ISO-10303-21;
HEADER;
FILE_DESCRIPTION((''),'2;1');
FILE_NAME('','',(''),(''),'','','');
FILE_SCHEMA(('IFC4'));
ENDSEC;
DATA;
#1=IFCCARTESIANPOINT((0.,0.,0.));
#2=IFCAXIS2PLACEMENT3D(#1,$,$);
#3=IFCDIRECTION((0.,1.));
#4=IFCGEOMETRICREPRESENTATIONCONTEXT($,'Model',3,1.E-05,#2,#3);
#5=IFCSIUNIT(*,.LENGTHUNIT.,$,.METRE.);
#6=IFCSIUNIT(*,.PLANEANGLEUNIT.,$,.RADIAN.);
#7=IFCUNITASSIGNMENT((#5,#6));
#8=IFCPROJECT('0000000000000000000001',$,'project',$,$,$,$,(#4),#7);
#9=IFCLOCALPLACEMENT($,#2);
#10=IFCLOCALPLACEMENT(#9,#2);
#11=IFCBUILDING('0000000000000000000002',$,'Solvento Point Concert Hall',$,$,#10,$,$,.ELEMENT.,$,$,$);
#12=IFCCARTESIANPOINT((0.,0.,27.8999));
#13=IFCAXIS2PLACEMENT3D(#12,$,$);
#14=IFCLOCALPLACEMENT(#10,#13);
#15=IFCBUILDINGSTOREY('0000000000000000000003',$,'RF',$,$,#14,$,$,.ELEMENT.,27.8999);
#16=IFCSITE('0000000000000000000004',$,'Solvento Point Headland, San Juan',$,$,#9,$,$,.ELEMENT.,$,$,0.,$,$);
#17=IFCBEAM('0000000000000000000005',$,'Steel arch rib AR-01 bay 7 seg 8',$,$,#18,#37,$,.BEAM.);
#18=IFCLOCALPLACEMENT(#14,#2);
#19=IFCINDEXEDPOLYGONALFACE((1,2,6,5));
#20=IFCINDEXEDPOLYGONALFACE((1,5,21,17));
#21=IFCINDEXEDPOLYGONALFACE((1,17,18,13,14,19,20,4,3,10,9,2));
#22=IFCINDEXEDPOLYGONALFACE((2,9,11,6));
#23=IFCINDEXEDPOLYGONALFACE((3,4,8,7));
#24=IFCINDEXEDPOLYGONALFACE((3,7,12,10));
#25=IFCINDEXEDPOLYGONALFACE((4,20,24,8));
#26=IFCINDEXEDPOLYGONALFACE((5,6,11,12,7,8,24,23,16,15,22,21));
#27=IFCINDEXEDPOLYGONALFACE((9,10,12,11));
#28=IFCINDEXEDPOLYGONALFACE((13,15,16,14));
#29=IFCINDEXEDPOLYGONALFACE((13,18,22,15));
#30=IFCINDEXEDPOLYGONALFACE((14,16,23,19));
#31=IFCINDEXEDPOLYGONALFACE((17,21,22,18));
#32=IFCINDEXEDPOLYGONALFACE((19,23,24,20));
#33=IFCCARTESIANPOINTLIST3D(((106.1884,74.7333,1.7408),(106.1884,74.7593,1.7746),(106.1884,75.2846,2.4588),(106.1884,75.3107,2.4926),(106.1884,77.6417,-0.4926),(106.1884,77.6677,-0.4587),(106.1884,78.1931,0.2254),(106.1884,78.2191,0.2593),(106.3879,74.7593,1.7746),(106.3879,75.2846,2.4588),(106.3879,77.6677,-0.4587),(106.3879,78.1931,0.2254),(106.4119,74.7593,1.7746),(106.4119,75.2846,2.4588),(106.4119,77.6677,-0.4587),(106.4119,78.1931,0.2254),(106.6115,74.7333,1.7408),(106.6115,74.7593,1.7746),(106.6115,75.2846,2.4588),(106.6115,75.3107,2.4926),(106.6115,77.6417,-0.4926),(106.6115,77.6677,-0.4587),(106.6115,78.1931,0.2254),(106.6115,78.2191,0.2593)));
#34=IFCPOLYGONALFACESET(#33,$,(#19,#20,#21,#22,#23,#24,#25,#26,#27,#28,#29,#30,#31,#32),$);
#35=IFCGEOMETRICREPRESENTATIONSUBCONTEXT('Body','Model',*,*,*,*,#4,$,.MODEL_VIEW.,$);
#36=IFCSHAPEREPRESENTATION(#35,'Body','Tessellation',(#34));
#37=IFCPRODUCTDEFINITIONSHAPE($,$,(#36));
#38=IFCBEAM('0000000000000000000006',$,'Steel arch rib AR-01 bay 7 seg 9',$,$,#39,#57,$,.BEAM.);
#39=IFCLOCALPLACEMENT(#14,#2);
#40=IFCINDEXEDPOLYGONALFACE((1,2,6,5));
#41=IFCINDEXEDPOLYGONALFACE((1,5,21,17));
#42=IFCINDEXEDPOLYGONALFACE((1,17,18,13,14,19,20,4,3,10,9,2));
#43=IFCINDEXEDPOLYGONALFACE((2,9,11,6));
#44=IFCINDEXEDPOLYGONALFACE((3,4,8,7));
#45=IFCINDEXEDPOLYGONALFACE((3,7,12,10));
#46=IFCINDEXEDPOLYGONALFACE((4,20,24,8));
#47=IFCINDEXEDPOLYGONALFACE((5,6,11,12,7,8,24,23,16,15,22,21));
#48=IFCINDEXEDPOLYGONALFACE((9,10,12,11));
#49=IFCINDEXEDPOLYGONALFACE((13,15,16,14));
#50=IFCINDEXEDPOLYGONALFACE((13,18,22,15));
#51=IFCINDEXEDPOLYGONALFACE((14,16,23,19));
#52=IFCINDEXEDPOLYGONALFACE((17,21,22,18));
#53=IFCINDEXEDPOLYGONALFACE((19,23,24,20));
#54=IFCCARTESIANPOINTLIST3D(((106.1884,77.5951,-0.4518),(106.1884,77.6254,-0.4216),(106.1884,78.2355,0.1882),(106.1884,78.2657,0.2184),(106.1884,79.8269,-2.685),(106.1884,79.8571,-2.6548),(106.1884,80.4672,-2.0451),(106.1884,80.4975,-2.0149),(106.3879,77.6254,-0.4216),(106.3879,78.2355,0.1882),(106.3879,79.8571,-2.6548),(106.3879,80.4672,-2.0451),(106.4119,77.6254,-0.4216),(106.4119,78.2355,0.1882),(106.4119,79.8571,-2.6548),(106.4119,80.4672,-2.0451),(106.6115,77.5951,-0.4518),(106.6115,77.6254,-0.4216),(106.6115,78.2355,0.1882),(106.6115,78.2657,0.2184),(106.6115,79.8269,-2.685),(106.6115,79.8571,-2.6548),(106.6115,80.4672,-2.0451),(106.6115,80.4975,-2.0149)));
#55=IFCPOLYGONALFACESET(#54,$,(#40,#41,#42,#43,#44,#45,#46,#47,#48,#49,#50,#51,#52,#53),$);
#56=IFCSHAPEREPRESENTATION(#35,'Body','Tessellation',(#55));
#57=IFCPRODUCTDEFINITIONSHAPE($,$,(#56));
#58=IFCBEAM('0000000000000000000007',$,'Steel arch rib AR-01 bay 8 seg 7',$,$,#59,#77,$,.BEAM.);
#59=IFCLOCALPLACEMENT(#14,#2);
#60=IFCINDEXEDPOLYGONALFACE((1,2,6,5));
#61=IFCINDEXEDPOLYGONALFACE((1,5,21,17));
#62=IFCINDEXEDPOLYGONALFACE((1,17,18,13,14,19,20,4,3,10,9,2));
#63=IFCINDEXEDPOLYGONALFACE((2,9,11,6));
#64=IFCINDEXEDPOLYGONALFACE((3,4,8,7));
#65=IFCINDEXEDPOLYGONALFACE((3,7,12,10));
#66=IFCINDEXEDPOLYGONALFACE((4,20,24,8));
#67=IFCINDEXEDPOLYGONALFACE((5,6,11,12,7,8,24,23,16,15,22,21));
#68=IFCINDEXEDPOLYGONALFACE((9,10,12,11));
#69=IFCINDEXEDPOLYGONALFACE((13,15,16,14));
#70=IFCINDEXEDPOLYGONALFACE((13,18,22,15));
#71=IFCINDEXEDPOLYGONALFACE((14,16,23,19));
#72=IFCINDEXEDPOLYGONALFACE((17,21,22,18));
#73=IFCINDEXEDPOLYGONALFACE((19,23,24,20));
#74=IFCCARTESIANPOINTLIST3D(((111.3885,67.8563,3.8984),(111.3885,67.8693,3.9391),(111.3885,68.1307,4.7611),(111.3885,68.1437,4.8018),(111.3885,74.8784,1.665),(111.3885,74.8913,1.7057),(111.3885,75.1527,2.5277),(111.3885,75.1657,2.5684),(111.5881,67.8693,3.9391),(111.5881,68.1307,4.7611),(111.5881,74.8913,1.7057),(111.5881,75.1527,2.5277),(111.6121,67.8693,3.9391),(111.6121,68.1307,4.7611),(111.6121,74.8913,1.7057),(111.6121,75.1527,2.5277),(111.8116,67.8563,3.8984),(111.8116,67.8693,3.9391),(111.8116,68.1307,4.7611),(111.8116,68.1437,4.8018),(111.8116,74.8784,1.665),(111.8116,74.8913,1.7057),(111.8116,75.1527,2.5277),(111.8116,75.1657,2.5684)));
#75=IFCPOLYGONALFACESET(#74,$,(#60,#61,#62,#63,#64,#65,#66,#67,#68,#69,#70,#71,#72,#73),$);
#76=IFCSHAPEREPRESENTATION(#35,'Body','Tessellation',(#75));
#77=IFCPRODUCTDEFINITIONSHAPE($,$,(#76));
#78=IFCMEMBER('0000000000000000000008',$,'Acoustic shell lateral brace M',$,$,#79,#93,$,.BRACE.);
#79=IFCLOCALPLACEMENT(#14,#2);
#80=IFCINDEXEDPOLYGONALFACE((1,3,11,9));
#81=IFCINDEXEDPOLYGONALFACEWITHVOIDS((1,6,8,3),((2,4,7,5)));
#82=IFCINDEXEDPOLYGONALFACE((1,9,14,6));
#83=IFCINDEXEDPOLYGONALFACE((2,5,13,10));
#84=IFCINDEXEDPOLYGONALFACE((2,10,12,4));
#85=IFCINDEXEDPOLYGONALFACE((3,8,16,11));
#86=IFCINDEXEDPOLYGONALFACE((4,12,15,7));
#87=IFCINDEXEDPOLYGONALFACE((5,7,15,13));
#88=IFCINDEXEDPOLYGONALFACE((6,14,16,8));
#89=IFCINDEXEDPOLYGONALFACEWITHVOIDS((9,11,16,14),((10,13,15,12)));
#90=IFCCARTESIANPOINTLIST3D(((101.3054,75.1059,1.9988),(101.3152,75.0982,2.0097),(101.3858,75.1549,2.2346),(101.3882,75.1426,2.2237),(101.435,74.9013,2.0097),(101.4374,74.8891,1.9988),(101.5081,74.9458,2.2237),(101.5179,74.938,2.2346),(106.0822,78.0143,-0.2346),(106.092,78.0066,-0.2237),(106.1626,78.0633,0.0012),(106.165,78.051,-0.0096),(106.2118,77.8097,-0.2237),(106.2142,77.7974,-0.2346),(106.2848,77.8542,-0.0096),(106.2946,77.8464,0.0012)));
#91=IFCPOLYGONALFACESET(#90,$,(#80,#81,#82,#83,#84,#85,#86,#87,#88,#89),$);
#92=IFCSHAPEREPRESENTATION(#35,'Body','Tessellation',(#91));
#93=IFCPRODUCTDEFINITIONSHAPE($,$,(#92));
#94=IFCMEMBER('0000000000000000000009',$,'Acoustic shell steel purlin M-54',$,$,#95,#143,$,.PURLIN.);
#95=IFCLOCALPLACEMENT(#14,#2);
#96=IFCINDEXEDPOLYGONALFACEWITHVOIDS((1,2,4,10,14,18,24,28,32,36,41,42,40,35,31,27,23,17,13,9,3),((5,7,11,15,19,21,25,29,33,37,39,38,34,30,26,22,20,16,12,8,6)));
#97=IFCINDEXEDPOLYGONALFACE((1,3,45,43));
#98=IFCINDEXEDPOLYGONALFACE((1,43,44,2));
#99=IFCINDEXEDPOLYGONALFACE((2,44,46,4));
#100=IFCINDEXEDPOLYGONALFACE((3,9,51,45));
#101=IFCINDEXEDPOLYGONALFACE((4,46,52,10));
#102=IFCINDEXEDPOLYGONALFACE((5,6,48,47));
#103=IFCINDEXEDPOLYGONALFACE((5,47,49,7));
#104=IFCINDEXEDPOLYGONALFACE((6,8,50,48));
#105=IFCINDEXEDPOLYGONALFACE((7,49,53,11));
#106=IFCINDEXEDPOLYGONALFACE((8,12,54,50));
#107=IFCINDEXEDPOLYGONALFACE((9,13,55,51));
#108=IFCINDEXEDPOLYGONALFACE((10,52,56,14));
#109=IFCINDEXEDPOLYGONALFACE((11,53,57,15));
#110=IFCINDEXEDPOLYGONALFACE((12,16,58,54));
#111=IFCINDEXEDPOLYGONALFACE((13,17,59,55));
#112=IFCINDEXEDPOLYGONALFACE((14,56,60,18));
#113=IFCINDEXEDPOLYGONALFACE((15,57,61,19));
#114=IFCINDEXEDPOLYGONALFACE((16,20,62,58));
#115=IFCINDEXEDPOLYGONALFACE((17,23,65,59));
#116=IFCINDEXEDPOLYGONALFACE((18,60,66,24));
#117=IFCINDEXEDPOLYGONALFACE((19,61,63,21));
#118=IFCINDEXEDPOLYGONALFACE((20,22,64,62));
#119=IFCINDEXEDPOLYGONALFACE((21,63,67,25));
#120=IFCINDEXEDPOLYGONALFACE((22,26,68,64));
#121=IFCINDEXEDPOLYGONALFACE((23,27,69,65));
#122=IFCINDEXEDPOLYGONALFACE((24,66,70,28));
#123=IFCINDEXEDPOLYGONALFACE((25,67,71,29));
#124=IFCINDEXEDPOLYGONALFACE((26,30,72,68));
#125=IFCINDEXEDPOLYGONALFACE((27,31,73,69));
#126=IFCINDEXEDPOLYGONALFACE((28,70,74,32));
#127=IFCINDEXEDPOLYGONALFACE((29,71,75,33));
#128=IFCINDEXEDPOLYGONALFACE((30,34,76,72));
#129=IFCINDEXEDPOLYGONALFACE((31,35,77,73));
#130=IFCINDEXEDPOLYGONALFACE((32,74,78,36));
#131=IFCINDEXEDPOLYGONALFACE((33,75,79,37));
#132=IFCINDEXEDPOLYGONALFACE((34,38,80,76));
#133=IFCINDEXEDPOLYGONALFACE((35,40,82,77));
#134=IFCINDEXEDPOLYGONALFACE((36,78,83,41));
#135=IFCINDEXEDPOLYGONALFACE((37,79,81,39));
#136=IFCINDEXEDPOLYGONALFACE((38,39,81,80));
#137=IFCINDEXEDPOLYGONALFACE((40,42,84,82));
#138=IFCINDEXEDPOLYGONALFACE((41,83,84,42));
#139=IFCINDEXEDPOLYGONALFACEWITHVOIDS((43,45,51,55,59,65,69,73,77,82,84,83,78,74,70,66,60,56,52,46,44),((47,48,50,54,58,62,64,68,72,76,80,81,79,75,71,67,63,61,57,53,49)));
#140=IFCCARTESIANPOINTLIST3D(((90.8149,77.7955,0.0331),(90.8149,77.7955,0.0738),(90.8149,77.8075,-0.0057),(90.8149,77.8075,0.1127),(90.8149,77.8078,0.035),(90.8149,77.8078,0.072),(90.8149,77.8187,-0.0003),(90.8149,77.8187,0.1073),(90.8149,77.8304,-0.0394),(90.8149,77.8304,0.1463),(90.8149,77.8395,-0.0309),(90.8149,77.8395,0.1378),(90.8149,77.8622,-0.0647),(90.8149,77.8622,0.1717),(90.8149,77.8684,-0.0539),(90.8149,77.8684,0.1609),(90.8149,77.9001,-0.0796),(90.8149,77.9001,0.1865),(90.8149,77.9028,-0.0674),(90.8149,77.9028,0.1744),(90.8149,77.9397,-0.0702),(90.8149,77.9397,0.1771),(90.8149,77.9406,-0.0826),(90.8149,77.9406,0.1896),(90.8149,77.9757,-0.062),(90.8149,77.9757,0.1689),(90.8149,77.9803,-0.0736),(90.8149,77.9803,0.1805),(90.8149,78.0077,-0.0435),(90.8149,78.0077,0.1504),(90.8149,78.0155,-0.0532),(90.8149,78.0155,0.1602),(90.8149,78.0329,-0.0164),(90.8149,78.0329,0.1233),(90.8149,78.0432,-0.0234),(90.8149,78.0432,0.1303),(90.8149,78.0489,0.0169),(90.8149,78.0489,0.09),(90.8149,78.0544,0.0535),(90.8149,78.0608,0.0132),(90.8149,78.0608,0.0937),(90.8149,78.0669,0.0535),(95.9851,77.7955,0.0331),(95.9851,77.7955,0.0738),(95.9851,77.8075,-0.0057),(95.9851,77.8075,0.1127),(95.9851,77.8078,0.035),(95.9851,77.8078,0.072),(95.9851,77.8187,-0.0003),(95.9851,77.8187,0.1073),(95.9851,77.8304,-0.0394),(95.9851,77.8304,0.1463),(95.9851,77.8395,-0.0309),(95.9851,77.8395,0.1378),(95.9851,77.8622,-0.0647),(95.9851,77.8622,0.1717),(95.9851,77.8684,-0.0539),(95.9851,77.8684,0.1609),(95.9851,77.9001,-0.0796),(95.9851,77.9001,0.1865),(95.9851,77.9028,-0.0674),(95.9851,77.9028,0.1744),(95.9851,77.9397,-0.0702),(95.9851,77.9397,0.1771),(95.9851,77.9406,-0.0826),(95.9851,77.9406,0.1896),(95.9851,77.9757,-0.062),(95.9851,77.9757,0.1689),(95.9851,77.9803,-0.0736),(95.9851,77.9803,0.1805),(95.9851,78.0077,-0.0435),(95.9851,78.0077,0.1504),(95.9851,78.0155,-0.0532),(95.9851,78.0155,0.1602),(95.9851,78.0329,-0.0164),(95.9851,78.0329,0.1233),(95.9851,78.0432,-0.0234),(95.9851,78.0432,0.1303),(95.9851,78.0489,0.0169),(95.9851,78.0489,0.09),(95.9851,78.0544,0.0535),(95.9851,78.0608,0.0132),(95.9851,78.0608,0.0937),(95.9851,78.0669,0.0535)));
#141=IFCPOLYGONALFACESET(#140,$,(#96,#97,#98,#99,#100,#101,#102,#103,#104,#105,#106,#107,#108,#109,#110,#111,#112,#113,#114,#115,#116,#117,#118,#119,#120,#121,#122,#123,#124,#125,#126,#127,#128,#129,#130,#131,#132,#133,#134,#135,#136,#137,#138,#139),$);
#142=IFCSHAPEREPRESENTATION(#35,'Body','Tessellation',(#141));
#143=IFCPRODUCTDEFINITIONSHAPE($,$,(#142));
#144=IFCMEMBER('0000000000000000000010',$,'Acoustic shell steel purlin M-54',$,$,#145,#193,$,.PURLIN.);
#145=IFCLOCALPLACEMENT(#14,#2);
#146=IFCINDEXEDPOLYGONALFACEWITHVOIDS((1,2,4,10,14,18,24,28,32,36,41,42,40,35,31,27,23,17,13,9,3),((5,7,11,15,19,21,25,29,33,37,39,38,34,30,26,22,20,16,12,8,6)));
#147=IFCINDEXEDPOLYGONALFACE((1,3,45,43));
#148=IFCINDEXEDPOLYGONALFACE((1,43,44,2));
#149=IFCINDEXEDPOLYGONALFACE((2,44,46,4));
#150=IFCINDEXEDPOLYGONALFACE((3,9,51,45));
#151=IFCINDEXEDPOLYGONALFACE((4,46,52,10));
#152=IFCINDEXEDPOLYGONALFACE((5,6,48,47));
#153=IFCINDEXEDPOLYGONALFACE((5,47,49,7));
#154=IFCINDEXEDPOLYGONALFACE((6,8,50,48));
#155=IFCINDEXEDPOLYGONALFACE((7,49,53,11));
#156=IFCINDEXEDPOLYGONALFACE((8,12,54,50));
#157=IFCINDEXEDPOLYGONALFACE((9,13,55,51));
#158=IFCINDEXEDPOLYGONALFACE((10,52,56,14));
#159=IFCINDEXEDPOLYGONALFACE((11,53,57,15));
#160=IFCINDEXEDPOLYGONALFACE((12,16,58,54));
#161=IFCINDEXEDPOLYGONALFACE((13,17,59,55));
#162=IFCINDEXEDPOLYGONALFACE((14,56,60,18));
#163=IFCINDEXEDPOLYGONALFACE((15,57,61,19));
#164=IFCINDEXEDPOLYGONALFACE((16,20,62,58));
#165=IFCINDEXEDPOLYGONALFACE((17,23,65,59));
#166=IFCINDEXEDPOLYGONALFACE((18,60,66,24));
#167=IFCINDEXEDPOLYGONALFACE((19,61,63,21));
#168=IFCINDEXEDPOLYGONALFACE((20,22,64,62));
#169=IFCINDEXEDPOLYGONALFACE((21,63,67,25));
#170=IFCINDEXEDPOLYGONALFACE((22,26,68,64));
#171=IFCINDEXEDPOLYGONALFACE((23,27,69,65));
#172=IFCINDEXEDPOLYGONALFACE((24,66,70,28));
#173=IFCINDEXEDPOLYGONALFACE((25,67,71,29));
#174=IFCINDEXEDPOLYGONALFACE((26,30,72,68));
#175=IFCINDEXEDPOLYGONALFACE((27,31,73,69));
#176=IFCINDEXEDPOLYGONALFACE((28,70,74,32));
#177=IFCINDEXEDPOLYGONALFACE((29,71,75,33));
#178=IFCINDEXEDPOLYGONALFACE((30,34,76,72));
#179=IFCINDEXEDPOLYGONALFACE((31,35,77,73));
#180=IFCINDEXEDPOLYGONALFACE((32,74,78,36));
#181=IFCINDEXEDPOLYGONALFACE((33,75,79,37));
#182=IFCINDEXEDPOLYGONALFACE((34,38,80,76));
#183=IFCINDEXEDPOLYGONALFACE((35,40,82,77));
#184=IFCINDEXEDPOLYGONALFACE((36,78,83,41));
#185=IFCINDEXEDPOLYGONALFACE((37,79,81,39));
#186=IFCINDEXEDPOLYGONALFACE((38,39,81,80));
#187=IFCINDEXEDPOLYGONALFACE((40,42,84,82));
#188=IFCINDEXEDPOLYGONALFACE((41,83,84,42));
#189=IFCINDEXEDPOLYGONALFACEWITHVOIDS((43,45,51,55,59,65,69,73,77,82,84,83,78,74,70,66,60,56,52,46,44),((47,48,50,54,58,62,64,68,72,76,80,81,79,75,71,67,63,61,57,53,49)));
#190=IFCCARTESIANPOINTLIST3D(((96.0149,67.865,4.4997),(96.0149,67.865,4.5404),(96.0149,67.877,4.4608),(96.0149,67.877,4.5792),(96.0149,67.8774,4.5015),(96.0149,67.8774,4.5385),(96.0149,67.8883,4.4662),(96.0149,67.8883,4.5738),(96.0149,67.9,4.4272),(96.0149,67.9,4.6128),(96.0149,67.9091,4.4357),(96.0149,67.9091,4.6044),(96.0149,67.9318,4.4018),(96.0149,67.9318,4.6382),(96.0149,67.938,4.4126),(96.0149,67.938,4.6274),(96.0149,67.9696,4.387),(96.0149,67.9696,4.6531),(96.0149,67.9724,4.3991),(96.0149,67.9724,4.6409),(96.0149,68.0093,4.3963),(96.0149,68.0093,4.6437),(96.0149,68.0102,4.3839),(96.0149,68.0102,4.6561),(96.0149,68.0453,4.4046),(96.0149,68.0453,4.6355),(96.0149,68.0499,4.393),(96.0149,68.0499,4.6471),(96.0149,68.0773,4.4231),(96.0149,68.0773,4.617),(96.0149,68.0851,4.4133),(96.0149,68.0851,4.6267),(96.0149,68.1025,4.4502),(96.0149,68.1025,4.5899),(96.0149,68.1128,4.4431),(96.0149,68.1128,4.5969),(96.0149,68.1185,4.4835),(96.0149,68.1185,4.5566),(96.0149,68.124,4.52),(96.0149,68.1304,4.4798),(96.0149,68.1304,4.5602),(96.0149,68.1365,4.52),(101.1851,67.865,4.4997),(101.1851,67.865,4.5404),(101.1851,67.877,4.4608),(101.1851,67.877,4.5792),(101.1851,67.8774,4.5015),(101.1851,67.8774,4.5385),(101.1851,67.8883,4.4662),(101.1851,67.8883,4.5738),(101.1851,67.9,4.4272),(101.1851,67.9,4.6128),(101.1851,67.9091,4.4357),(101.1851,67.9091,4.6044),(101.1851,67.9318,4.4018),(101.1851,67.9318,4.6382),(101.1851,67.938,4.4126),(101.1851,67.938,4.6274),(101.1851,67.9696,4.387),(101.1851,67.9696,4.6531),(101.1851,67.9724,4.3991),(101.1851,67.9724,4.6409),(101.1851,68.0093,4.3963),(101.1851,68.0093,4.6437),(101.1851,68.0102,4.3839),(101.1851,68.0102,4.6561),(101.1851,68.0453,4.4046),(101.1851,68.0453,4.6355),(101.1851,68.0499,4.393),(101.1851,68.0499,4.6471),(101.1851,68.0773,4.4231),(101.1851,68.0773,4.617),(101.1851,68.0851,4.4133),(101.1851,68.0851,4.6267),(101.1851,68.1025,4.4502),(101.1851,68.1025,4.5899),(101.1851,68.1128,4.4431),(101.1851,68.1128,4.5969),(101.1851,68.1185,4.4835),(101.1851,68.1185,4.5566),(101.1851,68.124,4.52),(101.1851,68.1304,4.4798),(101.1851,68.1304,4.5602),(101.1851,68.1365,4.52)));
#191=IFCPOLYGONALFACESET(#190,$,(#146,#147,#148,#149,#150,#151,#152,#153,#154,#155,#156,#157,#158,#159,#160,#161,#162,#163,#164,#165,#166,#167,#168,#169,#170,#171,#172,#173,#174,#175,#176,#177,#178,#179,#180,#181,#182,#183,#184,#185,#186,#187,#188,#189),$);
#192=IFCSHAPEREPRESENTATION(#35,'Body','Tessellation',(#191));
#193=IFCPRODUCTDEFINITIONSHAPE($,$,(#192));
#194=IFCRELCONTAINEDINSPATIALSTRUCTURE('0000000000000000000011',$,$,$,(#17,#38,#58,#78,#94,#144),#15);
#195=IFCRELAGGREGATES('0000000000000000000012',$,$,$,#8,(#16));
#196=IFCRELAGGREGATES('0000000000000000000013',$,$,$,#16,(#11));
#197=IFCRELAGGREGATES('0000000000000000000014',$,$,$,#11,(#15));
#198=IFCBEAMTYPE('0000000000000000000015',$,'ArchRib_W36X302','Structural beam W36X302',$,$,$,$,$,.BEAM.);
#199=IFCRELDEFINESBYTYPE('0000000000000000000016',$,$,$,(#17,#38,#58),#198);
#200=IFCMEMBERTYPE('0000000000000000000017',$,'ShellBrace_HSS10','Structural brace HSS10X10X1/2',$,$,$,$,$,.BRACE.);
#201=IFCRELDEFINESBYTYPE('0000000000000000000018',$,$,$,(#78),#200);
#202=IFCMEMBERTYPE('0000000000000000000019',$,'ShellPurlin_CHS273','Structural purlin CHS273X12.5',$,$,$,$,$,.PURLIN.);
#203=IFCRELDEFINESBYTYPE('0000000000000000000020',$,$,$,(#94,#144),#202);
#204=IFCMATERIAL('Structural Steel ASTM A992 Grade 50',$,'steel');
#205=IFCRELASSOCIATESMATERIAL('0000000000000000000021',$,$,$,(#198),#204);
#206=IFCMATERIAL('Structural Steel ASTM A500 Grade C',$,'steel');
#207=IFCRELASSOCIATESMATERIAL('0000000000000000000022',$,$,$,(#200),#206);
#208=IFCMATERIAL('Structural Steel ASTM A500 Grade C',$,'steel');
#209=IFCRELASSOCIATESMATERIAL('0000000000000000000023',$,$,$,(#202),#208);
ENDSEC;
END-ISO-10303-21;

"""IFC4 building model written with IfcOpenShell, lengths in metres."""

from ifc_helpers import new_model, si_unit, direction, frame, origin, origin_2d, place, context, subcontext, project, spatial, hollow_rectangle, hollow_circle, i_section, extrude, material, material_profile, profile_set, type_object, element, save


model = new_model("IFC4")

# Units and contexts
model_context = context("Model", 3, precision=1e-05, world=origin(), true_north=direction((0.0, 1.0)))
body_context = subcontext(model_context, "Body", "Model", "MODEL_VIEW")
ifc_project = project(units=[si_unit("LENGTHUNIT", "METRE"), si_unit("PLANEANGLEUNIT", "RADIAN")], contexts=[model_context])

# Site, building, storey
site_placement = place(None, origin())
site = spatial("IfcSite", under=ifc_project, at=site_placement, Name="Solvento Point Headland, San Juan", CompositionType="ELEMENT", RefElevation=0.0)
building_placement = place(site_placement, origin())
building = spatial("IfcBuilding", under=site, at=building_placement, Name="Solvento Point Concert Hall", CompositionType="ELEMENT")
storey_placement = place(building_placement, frame((0.0, 0.0, 27.8999)))
storey = spatial("IfcBuildingStorey", under=building, at=storey_placement, Name="RF", CompositionType="ELEMENT", Elevation=27.8999)

# Beams
ifc_material_1 = material(Name="Structural Steel ASTM A992 Grade 50", Category="steel")
ifc_material_profile_1 = material_profile(ifc_material_1, i_section(OverallWidth=0.4231, OverallDepth=0.948, WebThickness=0.0239, FlangeThickness=0.0427, at=origin_2d()), Name="W36X302")
ifc_profile_set_1 = profile_set([ifc_material_profile_1], Name="Structural Steel ASTM A992 Grade 50")
beam_type = type_object("IfcBeamType", Name="ArchRib_W36X302", Description="Structural beam W36X302", PredefinedType="BEAM", material=ifc_profile_set_1)
beam_1_placement = place(storey_placement, frame((106.3999, 75.022, 2.1167), z_axis=(0.0, 0.793134, -0.609048), x_axis=(-1.0, 0.0, 0.0)))
element("IfcBeam", 1, at=beam_1_placement, inside=storey, type_object=beam_type, Name="Steel arch rib AR-01 bay 7 seg 8", PredefinedType="BEAM", context=body_context, shape_type="SweptSolid", body=[
    extrude(i_section(OverallWidth=0.4231, OverallDepth=0.948, WebThickness=0.0239, FlangeThickness=0.0427, at=origin_2d()), origin(), (0.0, 0.0, 1.0), 3.667),
])
beam_2_placement = place(storey_placement, frame((106.3999, 77.9304, -0.1167), z_axis=(0.0, 0.706875, -0.707339), x_axis=(-1.0, 0.0, 0.0)))
element("IfcBeam", 2, at=beam_2_placement, inside=storey, type_object=beam_type, Name="Steel arch rib AR-01 bay 7 seg 9", PredefinedType="BEAM", context=body_context, shape_type="SweptSolid", body=[
    extrude(i_section(OverallWidth=0.4231, OverallDepth=0.948, WebThickness=0.0239, FlangeThickness=0.0427, at=origin_2d()), origin(), (0.0, 0.0, 1.0), 3.1572),
])
beam_3_placement = place(storey_placement, frame((111.6001, 68.0, 4.3501), z_axis=(0.0, 0.95296, -0.303097), x_axis=(-1.0, 0.0, 0.0)))
element("IfcBeam", 3, at=beam_3_placement, inside=storey, type_object=beam_type, Name="Steel arch rib AR-01 bay 8 seg 7", PredefinedType="BEAM", context=body_context, shape_type="SweptSolid", body=[
    extrude(i_section(OverallWidth=0.4231, OverallDepth=0.948, WebThickness=0.0239, FlangeThickness=0.0427, at=origin_2d()), origin(), (0.0, 0.0, 1.0), 7.3687),
])

# Members
ifc_material_2 = material(Name="Structural Steel ASTM A500 Grade C", Category="steel")
ifc_material_profile_2 = material_profile(ifc_material_2, hollow_rectangle(XDim=0.2539, YDim=0.2539, WallThickness=0.0117, at=origin_2d()), Name="HSS10X10X1/2")
ifc_profile_set_2 = profile_set([ifc_material_profile_2], Name="Structural Steel ASTM A500 Grade C")
member_type_1 = type_object("IfcMemberType", Name="ShellBrace_HSS10", Description="Structural brace HSS10X10X1/2", PredefinedType="BRACE", material=ifc_profile_set_2)
member_placement = place(storey_placement, frame((101.4116, 75.022, 2.1167), z_axis=(0.793223, 0.482964, -0.370868), x_axis=(-0.520051, 0.854135, 0.0)))
element("IfcMember", 4, at=member_placement, inside=storey, type_object=member_type_1, Name="Acoustic shell lateral brace M", PredefinedType="BRACE", context=body_context, shape_type="SweptSolid", body=[
    extrude(hollow_rectangle(XDim=0.2539, YDim=0.2539, WallThickness=0.0117, at=origin_2d()), origin(), (0.0, 0.0, 1.0), 6.022),
])
ifc_material_3 = material(Name="Structural Steel ASTM A500 Grade C", Category="steel")
ifc_material_profile_3 = material_profile(ifc_material_3, hollow_circle(Radius=0.1365, WallThickness=0.0125, at=origin_2d()), Name="CHS273X12.5")
ifc_profile_set_3 = profile_set([ifc_material_profile_3], Name="Structural Steel ASTM A500 Grade C")
member_type_2 = type_object("IfcMemberType", Name="ShellPurlin_CHS273", Description="Structural purlin CHS273X12.5", PredefinedType="PURLIN", material=ifc_profile_set_3)
for number, where, z_axis, x_axis, name in (
    (5, (90.8149, 77.9304, 0.0535), (1.0, 0.0, 0.0), (0.0, 1.0, 0.0), "Acoustic shell steel purlin M-54"),
    (6, (96.0149, 68.0, 4.52), (1.0, 0.0, 0.0), (0.0, 1.0, 0.0), "Acoustic shell steel purlin M-54"),
):
    element("IfcMember", number, at=place(storey_placement, frame(where, z_axis=z_axis, x_axis=x_axis)), inside=storey, type_object=member_type_2, Name=name, PredefinedType="PURLIN", context=body_context, shape_type="SweptSolid", body=[
        extrude(hollow_circle(Radius=0.1365, WallThickness=0.0125, at=origin_2d()), origin(), (0.0, 0.0, 1.0), 5.1702),
    ])

save(model, "model.ifc")
